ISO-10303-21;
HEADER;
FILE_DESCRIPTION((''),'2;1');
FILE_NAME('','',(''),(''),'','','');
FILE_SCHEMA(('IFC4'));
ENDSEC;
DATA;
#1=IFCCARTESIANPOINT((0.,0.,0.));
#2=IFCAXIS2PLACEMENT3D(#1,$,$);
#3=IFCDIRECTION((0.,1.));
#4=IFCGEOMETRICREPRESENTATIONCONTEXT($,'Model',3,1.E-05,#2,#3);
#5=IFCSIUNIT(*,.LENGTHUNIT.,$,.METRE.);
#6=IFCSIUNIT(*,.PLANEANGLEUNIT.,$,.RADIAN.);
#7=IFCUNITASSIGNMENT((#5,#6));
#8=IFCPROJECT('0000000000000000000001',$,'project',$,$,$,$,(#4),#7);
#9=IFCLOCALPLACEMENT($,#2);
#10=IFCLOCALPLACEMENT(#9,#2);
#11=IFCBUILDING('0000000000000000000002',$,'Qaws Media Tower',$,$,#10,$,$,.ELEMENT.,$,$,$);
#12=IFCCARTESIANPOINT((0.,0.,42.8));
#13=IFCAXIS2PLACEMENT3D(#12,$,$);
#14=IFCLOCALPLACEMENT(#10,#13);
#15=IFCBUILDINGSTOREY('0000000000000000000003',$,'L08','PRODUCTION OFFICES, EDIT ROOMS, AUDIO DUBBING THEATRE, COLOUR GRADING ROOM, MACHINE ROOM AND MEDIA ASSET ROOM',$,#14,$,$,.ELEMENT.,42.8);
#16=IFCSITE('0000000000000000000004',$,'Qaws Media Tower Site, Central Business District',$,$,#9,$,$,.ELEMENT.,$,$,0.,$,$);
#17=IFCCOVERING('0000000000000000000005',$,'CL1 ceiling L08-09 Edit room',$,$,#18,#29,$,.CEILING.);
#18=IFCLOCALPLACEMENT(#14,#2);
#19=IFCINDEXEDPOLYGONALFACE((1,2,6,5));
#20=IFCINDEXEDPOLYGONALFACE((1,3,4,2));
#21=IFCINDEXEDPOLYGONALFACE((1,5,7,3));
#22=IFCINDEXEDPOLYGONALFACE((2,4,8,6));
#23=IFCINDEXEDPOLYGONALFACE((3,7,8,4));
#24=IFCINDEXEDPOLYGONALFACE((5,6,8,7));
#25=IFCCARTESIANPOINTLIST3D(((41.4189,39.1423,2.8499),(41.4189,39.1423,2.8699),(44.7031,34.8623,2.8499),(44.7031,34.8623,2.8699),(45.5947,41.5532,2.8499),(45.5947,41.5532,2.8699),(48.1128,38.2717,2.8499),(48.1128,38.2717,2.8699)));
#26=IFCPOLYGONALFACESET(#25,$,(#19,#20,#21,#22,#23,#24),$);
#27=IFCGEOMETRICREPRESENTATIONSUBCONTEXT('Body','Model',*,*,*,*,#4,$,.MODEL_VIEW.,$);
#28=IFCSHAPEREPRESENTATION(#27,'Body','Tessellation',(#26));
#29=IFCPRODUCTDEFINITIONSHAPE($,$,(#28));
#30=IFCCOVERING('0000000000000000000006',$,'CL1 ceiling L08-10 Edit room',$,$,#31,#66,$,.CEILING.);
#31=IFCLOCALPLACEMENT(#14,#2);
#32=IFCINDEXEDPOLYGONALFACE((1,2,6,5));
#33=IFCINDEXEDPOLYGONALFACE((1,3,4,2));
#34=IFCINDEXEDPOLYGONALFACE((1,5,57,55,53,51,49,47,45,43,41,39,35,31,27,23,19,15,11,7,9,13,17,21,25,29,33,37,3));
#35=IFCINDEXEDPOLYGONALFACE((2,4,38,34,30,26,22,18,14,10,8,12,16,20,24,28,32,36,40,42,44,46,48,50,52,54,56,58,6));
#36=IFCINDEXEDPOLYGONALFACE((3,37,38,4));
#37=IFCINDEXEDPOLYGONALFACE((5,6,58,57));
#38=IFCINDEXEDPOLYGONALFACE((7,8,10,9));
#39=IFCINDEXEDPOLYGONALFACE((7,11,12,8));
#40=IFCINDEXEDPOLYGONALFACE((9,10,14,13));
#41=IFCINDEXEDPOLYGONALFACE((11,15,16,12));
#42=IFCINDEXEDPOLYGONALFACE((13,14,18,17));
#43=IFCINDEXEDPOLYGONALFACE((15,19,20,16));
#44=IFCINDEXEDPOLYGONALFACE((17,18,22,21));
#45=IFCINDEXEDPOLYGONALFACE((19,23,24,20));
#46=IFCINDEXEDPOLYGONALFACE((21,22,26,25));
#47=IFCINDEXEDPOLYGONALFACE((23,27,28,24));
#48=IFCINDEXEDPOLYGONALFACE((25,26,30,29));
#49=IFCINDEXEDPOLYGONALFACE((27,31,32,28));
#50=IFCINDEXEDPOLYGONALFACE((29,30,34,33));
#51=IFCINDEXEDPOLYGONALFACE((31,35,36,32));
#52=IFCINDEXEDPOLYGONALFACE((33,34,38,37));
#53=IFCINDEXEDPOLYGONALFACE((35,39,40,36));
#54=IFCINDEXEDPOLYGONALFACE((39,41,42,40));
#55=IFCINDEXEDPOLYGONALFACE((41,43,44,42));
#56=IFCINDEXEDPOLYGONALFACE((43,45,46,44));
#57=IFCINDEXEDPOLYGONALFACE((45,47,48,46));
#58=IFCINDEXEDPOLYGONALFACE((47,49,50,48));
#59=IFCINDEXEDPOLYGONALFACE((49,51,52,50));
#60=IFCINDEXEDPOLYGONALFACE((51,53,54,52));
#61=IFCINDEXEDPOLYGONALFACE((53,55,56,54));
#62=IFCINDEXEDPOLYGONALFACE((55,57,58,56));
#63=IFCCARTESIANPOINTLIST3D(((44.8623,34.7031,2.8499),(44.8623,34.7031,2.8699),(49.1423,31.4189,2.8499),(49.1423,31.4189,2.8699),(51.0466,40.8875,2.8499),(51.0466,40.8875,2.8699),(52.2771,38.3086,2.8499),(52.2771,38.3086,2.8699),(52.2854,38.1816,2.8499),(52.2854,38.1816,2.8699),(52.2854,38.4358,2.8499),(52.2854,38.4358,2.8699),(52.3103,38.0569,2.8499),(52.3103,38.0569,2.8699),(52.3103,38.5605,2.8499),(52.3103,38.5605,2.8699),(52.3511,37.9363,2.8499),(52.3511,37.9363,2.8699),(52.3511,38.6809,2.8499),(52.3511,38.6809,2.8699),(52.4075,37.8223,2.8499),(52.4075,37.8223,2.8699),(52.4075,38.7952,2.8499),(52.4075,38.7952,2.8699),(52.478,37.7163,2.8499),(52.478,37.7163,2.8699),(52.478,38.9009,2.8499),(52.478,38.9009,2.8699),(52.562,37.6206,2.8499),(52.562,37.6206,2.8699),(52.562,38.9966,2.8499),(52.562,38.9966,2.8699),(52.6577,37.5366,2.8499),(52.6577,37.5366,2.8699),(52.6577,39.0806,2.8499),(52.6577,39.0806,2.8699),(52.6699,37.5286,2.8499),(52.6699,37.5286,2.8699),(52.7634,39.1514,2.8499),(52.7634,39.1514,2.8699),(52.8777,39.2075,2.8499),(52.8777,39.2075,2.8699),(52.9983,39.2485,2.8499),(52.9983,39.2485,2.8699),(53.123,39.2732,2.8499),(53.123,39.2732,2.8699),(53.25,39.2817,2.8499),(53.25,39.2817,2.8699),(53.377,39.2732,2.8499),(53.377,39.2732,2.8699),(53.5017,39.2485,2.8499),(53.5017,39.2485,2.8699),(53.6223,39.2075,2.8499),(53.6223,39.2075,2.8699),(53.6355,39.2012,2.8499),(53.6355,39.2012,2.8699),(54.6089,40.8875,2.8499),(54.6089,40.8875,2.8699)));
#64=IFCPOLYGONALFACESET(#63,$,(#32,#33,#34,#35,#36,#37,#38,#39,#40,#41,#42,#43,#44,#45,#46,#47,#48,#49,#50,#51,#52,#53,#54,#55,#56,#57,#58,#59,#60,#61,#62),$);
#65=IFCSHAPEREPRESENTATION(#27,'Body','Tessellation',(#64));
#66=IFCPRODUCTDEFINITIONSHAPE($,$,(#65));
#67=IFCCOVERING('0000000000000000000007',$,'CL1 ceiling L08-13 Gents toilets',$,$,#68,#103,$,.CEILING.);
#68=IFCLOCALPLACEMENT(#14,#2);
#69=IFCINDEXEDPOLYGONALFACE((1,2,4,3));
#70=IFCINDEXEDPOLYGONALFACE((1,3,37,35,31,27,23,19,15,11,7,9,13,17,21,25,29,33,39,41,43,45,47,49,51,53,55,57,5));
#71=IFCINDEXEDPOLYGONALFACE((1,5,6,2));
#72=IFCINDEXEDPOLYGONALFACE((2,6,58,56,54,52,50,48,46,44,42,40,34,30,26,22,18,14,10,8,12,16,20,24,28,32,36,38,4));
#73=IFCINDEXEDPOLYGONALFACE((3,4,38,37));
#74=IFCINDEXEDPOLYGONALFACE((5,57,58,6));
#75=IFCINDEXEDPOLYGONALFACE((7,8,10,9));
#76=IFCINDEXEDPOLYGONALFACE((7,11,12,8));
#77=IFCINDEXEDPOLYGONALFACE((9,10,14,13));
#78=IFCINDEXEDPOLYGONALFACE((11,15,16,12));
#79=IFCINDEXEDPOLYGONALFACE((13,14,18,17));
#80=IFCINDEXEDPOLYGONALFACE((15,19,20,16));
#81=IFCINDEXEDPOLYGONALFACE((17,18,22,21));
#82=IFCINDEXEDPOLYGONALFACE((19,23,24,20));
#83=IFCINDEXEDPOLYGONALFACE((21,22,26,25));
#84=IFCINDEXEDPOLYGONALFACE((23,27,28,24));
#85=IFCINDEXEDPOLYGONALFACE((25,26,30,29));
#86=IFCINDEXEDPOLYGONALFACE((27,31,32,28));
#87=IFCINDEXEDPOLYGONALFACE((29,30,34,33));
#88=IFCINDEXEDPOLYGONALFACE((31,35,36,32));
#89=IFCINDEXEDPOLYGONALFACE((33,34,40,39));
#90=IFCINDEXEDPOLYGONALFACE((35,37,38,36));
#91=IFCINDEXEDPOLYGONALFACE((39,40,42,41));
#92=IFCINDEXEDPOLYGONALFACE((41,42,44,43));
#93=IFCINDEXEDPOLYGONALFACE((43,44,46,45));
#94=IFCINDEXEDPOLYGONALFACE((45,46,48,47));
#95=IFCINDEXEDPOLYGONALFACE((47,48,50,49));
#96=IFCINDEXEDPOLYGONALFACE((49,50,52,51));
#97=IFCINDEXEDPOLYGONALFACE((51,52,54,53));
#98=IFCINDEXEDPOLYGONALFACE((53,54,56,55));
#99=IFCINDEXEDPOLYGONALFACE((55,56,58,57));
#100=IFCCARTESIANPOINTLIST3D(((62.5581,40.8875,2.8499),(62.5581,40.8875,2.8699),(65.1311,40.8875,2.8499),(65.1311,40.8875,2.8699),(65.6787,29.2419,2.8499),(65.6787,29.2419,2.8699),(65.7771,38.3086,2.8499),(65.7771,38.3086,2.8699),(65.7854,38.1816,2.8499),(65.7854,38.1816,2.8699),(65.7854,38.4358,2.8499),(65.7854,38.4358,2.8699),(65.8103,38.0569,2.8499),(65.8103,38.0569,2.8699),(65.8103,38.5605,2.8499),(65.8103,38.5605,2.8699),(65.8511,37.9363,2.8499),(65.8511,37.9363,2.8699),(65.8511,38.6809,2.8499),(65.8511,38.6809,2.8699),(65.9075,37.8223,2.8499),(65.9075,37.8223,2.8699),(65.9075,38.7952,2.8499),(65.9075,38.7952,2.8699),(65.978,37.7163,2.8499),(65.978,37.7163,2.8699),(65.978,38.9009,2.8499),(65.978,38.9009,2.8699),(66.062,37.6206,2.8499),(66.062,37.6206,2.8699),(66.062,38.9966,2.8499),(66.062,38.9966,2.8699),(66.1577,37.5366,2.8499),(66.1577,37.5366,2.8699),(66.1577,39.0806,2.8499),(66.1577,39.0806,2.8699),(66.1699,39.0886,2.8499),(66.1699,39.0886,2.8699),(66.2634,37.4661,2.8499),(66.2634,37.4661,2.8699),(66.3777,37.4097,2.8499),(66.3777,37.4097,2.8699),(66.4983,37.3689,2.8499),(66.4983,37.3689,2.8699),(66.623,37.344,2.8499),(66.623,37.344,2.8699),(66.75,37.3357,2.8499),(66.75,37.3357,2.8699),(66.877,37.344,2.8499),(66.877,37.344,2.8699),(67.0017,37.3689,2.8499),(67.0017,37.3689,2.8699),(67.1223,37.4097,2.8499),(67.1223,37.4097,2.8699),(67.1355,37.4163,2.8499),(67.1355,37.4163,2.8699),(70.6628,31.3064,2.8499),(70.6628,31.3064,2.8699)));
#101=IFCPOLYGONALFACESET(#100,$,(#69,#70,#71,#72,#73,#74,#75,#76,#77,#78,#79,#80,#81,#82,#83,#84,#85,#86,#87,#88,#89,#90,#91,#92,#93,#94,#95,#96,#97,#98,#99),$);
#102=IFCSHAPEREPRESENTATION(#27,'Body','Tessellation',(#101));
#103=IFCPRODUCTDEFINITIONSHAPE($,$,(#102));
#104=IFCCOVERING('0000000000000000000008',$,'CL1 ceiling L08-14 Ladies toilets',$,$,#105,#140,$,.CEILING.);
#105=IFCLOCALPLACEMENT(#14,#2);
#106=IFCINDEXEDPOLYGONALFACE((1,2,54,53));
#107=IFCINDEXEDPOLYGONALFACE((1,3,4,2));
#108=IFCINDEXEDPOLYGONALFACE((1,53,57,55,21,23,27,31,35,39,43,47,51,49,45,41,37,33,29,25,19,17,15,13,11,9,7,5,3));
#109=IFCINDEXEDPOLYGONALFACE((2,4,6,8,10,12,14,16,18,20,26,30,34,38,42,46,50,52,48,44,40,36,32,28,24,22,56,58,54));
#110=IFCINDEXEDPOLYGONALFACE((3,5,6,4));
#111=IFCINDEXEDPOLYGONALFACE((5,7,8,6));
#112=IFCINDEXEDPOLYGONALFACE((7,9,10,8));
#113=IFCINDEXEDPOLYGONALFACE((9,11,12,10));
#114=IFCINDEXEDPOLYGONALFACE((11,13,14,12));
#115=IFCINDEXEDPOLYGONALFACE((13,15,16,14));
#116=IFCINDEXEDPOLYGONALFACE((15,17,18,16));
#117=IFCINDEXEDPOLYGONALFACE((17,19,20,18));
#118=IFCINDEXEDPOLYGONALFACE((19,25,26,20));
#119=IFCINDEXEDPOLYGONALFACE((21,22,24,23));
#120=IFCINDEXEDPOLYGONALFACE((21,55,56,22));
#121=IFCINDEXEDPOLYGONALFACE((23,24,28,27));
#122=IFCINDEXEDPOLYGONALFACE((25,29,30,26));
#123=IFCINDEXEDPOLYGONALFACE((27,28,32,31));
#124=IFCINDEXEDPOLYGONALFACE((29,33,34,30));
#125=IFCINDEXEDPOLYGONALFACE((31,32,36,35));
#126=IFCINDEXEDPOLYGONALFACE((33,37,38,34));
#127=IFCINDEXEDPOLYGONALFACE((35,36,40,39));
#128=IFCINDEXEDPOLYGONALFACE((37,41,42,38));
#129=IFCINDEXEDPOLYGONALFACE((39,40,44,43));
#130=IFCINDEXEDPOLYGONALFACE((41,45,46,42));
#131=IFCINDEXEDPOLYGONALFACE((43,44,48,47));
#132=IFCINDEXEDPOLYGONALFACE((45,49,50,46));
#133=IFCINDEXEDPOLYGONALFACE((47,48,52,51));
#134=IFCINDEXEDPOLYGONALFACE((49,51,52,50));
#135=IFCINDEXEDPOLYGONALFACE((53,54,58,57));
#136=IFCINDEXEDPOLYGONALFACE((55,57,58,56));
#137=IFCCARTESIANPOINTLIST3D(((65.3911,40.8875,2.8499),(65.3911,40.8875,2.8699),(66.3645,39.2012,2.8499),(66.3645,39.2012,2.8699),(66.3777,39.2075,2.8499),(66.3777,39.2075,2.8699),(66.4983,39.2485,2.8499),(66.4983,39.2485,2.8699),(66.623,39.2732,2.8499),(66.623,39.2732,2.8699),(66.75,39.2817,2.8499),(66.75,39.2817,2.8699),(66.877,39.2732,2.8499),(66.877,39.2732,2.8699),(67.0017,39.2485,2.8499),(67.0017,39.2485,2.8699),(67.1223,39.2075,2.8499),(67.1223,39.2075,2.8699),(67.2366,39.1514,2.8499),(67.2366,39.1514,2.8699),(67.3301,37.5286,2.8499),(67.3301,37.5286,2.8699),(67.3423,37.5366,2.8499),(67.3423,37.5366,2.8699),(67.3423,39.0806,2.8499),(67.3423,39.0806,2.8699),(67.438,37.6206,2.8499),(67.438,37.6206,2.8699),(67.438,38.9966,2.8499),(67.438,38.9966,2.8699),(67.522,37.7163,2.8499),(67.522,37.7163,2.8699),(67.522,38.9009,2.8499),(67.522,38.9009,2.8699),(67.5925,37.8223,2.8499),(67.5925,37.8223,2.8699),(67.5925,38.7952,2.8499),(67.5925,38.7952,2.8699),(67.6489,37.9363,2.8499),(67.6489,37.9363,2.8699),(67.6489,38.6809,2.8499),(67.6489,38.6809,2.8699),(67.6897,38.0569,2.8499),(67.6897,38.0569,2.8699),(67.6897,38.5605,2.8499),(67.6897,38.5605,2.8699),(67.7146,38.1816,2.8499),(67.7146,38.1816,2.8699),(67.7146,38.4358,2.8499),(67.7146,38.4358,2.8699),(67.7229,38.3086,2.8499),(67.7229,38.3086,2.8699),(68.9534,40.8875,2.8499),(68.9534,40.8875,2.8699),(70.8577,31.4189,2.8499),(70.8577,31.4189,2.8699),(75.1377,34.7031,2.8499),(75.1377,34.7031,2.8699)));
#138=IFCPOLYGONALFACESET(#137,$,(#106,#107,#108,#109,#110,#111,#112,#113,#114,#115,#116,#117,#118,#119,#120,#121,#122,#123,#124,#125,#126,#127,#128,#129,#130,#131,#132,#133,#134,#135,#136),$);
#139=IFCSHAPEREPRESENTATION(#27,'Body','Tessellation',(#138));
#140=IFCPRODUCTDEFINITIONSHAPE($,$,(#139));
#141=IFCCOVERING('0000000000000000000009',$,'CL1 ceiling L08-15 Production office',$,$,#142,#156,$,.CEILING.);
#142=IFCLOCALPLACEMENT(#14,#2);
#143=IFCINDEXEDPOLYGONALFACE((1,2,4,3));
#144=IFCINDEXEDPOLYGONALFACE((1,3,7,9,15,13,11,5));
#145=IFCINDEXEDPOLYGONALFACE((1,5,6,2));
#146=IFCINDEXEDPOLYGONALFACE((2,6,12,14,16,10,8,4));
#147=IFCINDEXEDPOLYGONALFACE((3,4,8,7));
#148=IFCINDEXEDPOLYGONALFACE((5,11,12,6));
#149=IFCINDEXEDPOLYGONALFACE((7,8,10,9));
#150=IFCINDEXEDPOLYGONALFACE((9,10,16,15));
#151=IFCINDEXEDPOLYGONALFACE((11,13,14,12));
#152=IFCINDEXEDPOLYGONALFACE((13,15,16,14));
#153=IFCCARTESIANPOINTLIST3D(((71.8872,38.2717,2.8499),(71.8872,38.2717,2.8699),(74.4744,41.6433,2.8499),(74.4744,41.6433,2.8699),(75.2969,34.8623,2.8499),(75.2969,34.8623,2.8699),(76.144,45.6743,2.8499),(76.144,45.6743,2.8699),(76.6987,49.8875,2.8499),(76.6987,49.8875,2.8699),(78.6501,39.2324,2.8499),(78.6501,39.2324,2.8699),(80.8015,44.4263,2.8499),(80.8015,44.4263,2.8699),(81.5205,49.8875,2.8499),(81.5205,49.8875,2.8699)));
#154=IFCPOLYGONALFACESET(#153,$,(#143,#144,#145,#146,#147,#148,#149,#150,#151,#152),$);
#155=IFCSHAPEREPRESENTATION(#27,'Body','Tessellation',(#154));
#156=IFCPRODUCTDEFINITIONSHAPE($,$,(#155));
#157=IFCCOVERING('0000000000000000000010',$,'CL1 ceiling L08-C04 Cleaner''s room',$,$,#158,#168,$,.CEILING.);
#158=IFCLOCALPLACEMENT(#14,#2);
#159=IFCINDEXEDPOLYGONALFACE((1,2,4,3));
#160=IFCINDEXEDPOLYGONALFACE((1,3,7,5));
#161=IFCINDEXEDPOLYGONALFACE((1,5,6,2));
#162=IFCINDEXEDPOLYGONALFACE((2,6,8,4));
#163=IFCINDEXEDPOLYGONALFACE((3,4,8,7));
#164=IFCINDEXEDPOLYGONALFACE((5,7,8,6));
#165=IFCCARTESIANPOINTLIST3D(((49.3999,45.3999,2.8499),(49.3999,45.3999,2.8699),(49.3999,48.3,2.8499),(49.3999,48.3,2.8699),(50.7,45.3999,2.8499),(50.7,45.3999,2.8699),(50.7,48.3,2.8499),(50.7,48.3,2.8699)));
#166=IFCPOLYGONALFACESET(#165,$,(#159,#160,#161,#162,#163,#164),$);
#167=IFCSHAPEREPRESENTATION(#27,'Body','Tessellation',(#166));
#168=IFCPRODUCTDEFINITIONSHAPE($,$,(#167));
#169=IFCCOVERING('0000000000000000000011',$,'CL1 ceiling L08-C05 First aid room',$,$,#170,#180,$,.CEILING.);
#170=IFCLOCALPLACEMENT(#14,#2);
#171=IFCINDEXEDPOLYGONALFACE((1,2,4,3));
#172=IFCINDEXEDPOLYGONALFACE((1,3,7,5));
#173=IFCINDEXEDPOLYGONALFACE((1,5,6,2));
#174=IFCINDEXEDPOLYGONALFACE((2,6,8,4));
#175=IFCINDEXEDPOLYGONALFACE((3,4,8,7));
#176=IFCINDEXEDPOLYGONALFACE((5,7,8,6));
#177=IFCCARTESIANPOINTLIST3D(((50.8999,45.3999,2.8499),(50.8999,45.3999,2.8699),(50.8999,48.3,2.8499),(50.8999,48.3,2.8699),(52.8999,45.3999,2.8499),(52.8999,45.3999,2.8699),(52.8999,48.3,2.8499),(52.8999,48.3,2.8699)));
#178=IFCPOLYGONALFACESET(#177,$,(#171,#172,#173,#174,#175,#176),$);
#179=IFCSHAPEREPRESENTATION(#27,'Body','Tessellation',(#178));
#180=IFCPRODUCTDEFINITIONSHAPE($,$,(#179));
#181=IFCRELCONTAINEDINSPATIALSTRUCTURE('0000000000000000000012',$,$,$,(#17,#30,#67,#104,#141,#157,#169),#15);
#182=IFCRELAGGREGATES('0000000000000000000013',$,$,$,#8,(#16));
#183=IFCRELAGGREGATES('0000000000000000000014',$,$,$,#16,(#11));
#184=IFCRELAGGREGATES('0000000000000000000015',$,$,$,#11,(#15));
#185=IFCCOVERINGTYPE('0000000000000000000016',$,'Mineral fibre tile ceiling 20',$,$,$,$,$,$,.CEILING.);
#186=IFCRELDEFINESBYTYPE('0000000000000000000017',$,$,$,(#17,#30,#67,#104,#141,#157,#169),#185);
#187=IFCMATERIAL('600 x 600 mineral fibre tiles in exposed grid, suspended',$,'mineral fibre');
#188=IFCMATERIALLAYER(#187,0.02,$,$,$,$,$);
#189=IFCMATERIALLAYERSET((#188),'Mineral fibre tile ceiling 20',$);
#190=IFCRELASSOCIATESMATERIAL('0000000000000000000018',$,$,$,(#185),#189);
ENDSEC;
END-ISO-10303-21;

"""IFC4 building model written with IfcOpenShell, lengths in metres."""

from ifc_helpers import new_model, si_unit, direction, frame, origin, place, context, subcontext, project, spatial, polyline, outline, extrude, material, layer, layer_set, type_object, element, save


model = new_model("IFC4")

# Units and contexts
model_context = context("Model", 3, precision=1e-05, world=origin(), true_north=direction((0.0, 1.0)))
body_context = subcontext(model_context, "Body", "Model", "MODEL_VIEW")
ifc_project = project(units=[si_unit("LENGTHUNIT", "METRE"), si_unit("PLANEANGLEUNIT", "RADIAN")], contexts=[model_context])

# Site, building, storey
site_placement = place(None, origin())
site = spatial("IfcSite", under=ifc_project, at=site_placement, Name="Qaws Media Tower Site, Central Business District", CompositionType="ELEMENT", RefElevation=0.0)
building_placement = place(site_placement, origin())
building = spatial("IfcBuilding", under=site, at=building_placement, Name="Qaws Media Tower", CompositionType="ELEMENT")
storey_placement = place(building_placement, frame((0.0, 0.0, 42.8)))
storey = spatial("IfcBuildingStorey", under=building, at=storey_placement, Name="L08", Description="PRODUCTION OFFICES, EDIT ROOMS, AUDIO DUBBING THEATRE, COLOUR GRADING ROOM, MACHINE ROOM AND MEDIA ASSET ROOM", CompositionType="ELEMENT", Elevation=42.8)

# Coverings
ifc_material_1 = material(Name="600 x 600 mineral fibre tiles in exposed grid, suspended", Category="mineral fibre")
ifc_layer_1 = layer(ifc_material_1, 0.02)
ifc_layer_set_1 = layer_set([ifc_layer_1], Name="Mineral fibre tile ceiling 20")
covering_type_1 = type_object("IfcCoveringType", Name="Mineral fibre tile ceiling 20", PredefinedType="CEILING", material=ifc_layer_set_1)
covering_1_placement = place(storey_placement, frame((0.0, 0.0, 2.8499)))
element("IfcCovering", 1, at=covering_1_placement, inside=storey, type_object=covering_type_1, Name="CL1 ceiling L08-09 Edit room", PredefinedType="CEILING", context=body_context, shape_type="SweptSolid", body=[
    extrude(outline(polyline([(41.4189, 39.1423), (45.5947, 41.5532), (48.1128, 38.2717), (44.7031, 34.8623), (41.4189, 39.1423)])), origin(), (0.0, 0.0, 1.0), 0.02),
])
covering_2_placement = place(storey_placement, frame((0.0, 0.0, 2.8499)))
element("IfcCovering", 2, at=covering_2_placement, inside=storey, type_object=covering_type_1, Name="CL1 ceiling L08-10 Edit room", PredefinedType="CEILING", context=body_context, shape_type="SweptSolid", body=[
    extrude(outline(polyline([(44.8623, 34.7031), (51.0466, 40.8875), (54.6089, 40.8875), (53.6355, 39.2012), (53.6223, 39.2075), (53.5017, 39.2485), (53.377, 39.2732), (53.25, 39.2817), (53.123, 39.2732), (52.9983, 39.2485), (52.8777, 39.2075), (52.7634, 39.1514), (52.6577, 39.0806), (52.562, 38.9966), (52.478, 38.9009), (52.4075, 38.7952), (52.3511, 38.6809), (52.3103, 38.5605), (52.2854, 38.4358), (52.2771, 38.3086), (52.2854, 38.1816), (52.3103, 38.0569), (52.3511, 37.9363), (52.4075, 37.8223), (52.478, 37.7163), (52.562, 37.6206), (52.6577, 37.5366), (52.6699, 37.5286), (49.1423, 31.4189), (44.8623, 34.7031)])), origin(), (0.0, 0.0, 1.0), 0.02),
])
covering_3_placement = place(storey_placement, frame((0.0, 0.0, 2.8499)))
element("IfcCovering", 3, at=covering_3_placement, inside=storey, type_object=covering_type_1, Name="CL1 ceiling L08-13 Gents toilets", PredefinedType="CEILING", context=body_context, shape_type="SweptSolid", body=[
    extrude(outline(polyline([(65.6787, 29.2419), (62.5581, 40.8875), (65.1311, 40.8875), (66.1699, 39.0886), (66.1577, 39.0806), (66.062, 38.9966), (65.978, 38.9009), (65.9075, 38.7952), (65.8511, 38.6809), (65.8103, 38.5605), (65.7854, 38.4358), (65.7771, 38.3086), (65.7854, 38.1816), (65.8103, 38.0569), (65.8511, 37.9363), (65.9075, 37.8223), (65.978, 37.7163), (66.062, 37.6206), (66.1577, 37.5366), (66.2634, 37.4661), (66.3777, 37.4097), (66.4983, 37.3689), (66.623, 37.344), (66.75, 37.3357), (66.877, 37.344), (67.0017, 37.3689), (67.1223, 37.4097), (67.1355, 37.4163), (70.6628, 31.3064), (65.6787, 29.2419)])), origin(), (0.0, 0.0, 1.0), 0.02),
])
covering_4_placement = place(storey_placement, frame((0.0, 0.0, 2.8499)))
element("IfcCovering", 4, at=covering_4_placement, inside=storey, type_object=covering_type_1, Name="CL1 ceiling L08-14 Ladies toilets", PredefinedType="CEILING", context=body_context, shape_type="SweptSolid", body=[
    extrude(outline(polyline([(70.8577, 31.4189), (67.3301, 37.5286), (67.3423, 37.5366), (67.438, 37.6206), (67.522, 37.7163), (67.5925, 37.8223), (67.6489, 37.9363), (67.6897, 38.0569), (67.7146, 38.1816), (67.7229, 38.3086), (67.7146, 38.4358), (67.6897, 38.5605), (67.6489, 38.6809), (67.5925, 38.7952), (67.522, 38.9009), (67.438, 38.9966), (67.3423, 39.0806), (67.2366, 39.1514), (67.1223, 39.2075), (67.0017, 39.2485), (66.877, 39.2732), (66.75, 39.2817), (66.623, 39.2732), (66.4983, 39.2485), (66.3777, 39.2075), (66.3645, 39.2012), (65.3911, 40.8875), (68.9534, 40.8875), (75.1377, 34.7031), (70.8577, 31.4189)])), origin(), (0.0, 0.0, 1.0), 0.02),
])
covering_5_placement = place(storey_placement, frame((0.0, 0.0, 2.8499)))
element("IfcCovering", 5, at=covering_5_placement, inside=storey, type_object=covering_type_1, Name="CL1 ceiling L08-15 Production office", PredefinedType="CEILING", context=body_context, shape_type="SweptSolid", body=[
    extrude(outline(polyline([(80.8015, 44.4263), (78.6501, 39.2324), (75.2969, 34.8623), (71.8872, 38.2717), (74.4744, 41.6433), (76.144, 45.6743), (76.6987, 49.8875), (81.5205, 49.8875), (80.8015, 44.4263)])), origin(), (0.0, 0.0, 1.0), 0.02),
])
covering_6_placement = place(storey_placement, frame((0.0, 0.0, 2.8499)))
element("IfcCovering", 6, at=covering_6_placement, inside=storey, type_object=covering_type_1, Name="CL1 ceiling L08-C04 Cleaner's room", PredefinedType="CEILING", context=body_context, shape_type="SweptSolid", body=[
    extrude(outline(polyline([(49.3999, 45.3999), (49.3999, 48.3), (50.7, 48.3), (50.7, 45.3999), (49.3999, 45.3999)])), origin(), (0.0, 0.0, 1.0), 0.02),
])
covering_7_placement = place(storey_placement, frame((0.0, 0.0, 2.8499)))
element("IfcCovering", 7, at=covering_7_placement, inside=storey, type_object=covering_type_1, Name="CL1 ceiling L08-C05 First aid room", PredefinedType="CEILING", context=body_context, shape_type="SweptSolid", body=[
    extrude(outline(polyline([(50.8999, 45.3999), (50.8999, 48.3), (52.8999, 48.3), (52.8999, 45.3999), (50.8999, 45.3999)])), origin(), (0.0, 0.0, 1.0), 0.02),
])

save(model, "model.ifc")
